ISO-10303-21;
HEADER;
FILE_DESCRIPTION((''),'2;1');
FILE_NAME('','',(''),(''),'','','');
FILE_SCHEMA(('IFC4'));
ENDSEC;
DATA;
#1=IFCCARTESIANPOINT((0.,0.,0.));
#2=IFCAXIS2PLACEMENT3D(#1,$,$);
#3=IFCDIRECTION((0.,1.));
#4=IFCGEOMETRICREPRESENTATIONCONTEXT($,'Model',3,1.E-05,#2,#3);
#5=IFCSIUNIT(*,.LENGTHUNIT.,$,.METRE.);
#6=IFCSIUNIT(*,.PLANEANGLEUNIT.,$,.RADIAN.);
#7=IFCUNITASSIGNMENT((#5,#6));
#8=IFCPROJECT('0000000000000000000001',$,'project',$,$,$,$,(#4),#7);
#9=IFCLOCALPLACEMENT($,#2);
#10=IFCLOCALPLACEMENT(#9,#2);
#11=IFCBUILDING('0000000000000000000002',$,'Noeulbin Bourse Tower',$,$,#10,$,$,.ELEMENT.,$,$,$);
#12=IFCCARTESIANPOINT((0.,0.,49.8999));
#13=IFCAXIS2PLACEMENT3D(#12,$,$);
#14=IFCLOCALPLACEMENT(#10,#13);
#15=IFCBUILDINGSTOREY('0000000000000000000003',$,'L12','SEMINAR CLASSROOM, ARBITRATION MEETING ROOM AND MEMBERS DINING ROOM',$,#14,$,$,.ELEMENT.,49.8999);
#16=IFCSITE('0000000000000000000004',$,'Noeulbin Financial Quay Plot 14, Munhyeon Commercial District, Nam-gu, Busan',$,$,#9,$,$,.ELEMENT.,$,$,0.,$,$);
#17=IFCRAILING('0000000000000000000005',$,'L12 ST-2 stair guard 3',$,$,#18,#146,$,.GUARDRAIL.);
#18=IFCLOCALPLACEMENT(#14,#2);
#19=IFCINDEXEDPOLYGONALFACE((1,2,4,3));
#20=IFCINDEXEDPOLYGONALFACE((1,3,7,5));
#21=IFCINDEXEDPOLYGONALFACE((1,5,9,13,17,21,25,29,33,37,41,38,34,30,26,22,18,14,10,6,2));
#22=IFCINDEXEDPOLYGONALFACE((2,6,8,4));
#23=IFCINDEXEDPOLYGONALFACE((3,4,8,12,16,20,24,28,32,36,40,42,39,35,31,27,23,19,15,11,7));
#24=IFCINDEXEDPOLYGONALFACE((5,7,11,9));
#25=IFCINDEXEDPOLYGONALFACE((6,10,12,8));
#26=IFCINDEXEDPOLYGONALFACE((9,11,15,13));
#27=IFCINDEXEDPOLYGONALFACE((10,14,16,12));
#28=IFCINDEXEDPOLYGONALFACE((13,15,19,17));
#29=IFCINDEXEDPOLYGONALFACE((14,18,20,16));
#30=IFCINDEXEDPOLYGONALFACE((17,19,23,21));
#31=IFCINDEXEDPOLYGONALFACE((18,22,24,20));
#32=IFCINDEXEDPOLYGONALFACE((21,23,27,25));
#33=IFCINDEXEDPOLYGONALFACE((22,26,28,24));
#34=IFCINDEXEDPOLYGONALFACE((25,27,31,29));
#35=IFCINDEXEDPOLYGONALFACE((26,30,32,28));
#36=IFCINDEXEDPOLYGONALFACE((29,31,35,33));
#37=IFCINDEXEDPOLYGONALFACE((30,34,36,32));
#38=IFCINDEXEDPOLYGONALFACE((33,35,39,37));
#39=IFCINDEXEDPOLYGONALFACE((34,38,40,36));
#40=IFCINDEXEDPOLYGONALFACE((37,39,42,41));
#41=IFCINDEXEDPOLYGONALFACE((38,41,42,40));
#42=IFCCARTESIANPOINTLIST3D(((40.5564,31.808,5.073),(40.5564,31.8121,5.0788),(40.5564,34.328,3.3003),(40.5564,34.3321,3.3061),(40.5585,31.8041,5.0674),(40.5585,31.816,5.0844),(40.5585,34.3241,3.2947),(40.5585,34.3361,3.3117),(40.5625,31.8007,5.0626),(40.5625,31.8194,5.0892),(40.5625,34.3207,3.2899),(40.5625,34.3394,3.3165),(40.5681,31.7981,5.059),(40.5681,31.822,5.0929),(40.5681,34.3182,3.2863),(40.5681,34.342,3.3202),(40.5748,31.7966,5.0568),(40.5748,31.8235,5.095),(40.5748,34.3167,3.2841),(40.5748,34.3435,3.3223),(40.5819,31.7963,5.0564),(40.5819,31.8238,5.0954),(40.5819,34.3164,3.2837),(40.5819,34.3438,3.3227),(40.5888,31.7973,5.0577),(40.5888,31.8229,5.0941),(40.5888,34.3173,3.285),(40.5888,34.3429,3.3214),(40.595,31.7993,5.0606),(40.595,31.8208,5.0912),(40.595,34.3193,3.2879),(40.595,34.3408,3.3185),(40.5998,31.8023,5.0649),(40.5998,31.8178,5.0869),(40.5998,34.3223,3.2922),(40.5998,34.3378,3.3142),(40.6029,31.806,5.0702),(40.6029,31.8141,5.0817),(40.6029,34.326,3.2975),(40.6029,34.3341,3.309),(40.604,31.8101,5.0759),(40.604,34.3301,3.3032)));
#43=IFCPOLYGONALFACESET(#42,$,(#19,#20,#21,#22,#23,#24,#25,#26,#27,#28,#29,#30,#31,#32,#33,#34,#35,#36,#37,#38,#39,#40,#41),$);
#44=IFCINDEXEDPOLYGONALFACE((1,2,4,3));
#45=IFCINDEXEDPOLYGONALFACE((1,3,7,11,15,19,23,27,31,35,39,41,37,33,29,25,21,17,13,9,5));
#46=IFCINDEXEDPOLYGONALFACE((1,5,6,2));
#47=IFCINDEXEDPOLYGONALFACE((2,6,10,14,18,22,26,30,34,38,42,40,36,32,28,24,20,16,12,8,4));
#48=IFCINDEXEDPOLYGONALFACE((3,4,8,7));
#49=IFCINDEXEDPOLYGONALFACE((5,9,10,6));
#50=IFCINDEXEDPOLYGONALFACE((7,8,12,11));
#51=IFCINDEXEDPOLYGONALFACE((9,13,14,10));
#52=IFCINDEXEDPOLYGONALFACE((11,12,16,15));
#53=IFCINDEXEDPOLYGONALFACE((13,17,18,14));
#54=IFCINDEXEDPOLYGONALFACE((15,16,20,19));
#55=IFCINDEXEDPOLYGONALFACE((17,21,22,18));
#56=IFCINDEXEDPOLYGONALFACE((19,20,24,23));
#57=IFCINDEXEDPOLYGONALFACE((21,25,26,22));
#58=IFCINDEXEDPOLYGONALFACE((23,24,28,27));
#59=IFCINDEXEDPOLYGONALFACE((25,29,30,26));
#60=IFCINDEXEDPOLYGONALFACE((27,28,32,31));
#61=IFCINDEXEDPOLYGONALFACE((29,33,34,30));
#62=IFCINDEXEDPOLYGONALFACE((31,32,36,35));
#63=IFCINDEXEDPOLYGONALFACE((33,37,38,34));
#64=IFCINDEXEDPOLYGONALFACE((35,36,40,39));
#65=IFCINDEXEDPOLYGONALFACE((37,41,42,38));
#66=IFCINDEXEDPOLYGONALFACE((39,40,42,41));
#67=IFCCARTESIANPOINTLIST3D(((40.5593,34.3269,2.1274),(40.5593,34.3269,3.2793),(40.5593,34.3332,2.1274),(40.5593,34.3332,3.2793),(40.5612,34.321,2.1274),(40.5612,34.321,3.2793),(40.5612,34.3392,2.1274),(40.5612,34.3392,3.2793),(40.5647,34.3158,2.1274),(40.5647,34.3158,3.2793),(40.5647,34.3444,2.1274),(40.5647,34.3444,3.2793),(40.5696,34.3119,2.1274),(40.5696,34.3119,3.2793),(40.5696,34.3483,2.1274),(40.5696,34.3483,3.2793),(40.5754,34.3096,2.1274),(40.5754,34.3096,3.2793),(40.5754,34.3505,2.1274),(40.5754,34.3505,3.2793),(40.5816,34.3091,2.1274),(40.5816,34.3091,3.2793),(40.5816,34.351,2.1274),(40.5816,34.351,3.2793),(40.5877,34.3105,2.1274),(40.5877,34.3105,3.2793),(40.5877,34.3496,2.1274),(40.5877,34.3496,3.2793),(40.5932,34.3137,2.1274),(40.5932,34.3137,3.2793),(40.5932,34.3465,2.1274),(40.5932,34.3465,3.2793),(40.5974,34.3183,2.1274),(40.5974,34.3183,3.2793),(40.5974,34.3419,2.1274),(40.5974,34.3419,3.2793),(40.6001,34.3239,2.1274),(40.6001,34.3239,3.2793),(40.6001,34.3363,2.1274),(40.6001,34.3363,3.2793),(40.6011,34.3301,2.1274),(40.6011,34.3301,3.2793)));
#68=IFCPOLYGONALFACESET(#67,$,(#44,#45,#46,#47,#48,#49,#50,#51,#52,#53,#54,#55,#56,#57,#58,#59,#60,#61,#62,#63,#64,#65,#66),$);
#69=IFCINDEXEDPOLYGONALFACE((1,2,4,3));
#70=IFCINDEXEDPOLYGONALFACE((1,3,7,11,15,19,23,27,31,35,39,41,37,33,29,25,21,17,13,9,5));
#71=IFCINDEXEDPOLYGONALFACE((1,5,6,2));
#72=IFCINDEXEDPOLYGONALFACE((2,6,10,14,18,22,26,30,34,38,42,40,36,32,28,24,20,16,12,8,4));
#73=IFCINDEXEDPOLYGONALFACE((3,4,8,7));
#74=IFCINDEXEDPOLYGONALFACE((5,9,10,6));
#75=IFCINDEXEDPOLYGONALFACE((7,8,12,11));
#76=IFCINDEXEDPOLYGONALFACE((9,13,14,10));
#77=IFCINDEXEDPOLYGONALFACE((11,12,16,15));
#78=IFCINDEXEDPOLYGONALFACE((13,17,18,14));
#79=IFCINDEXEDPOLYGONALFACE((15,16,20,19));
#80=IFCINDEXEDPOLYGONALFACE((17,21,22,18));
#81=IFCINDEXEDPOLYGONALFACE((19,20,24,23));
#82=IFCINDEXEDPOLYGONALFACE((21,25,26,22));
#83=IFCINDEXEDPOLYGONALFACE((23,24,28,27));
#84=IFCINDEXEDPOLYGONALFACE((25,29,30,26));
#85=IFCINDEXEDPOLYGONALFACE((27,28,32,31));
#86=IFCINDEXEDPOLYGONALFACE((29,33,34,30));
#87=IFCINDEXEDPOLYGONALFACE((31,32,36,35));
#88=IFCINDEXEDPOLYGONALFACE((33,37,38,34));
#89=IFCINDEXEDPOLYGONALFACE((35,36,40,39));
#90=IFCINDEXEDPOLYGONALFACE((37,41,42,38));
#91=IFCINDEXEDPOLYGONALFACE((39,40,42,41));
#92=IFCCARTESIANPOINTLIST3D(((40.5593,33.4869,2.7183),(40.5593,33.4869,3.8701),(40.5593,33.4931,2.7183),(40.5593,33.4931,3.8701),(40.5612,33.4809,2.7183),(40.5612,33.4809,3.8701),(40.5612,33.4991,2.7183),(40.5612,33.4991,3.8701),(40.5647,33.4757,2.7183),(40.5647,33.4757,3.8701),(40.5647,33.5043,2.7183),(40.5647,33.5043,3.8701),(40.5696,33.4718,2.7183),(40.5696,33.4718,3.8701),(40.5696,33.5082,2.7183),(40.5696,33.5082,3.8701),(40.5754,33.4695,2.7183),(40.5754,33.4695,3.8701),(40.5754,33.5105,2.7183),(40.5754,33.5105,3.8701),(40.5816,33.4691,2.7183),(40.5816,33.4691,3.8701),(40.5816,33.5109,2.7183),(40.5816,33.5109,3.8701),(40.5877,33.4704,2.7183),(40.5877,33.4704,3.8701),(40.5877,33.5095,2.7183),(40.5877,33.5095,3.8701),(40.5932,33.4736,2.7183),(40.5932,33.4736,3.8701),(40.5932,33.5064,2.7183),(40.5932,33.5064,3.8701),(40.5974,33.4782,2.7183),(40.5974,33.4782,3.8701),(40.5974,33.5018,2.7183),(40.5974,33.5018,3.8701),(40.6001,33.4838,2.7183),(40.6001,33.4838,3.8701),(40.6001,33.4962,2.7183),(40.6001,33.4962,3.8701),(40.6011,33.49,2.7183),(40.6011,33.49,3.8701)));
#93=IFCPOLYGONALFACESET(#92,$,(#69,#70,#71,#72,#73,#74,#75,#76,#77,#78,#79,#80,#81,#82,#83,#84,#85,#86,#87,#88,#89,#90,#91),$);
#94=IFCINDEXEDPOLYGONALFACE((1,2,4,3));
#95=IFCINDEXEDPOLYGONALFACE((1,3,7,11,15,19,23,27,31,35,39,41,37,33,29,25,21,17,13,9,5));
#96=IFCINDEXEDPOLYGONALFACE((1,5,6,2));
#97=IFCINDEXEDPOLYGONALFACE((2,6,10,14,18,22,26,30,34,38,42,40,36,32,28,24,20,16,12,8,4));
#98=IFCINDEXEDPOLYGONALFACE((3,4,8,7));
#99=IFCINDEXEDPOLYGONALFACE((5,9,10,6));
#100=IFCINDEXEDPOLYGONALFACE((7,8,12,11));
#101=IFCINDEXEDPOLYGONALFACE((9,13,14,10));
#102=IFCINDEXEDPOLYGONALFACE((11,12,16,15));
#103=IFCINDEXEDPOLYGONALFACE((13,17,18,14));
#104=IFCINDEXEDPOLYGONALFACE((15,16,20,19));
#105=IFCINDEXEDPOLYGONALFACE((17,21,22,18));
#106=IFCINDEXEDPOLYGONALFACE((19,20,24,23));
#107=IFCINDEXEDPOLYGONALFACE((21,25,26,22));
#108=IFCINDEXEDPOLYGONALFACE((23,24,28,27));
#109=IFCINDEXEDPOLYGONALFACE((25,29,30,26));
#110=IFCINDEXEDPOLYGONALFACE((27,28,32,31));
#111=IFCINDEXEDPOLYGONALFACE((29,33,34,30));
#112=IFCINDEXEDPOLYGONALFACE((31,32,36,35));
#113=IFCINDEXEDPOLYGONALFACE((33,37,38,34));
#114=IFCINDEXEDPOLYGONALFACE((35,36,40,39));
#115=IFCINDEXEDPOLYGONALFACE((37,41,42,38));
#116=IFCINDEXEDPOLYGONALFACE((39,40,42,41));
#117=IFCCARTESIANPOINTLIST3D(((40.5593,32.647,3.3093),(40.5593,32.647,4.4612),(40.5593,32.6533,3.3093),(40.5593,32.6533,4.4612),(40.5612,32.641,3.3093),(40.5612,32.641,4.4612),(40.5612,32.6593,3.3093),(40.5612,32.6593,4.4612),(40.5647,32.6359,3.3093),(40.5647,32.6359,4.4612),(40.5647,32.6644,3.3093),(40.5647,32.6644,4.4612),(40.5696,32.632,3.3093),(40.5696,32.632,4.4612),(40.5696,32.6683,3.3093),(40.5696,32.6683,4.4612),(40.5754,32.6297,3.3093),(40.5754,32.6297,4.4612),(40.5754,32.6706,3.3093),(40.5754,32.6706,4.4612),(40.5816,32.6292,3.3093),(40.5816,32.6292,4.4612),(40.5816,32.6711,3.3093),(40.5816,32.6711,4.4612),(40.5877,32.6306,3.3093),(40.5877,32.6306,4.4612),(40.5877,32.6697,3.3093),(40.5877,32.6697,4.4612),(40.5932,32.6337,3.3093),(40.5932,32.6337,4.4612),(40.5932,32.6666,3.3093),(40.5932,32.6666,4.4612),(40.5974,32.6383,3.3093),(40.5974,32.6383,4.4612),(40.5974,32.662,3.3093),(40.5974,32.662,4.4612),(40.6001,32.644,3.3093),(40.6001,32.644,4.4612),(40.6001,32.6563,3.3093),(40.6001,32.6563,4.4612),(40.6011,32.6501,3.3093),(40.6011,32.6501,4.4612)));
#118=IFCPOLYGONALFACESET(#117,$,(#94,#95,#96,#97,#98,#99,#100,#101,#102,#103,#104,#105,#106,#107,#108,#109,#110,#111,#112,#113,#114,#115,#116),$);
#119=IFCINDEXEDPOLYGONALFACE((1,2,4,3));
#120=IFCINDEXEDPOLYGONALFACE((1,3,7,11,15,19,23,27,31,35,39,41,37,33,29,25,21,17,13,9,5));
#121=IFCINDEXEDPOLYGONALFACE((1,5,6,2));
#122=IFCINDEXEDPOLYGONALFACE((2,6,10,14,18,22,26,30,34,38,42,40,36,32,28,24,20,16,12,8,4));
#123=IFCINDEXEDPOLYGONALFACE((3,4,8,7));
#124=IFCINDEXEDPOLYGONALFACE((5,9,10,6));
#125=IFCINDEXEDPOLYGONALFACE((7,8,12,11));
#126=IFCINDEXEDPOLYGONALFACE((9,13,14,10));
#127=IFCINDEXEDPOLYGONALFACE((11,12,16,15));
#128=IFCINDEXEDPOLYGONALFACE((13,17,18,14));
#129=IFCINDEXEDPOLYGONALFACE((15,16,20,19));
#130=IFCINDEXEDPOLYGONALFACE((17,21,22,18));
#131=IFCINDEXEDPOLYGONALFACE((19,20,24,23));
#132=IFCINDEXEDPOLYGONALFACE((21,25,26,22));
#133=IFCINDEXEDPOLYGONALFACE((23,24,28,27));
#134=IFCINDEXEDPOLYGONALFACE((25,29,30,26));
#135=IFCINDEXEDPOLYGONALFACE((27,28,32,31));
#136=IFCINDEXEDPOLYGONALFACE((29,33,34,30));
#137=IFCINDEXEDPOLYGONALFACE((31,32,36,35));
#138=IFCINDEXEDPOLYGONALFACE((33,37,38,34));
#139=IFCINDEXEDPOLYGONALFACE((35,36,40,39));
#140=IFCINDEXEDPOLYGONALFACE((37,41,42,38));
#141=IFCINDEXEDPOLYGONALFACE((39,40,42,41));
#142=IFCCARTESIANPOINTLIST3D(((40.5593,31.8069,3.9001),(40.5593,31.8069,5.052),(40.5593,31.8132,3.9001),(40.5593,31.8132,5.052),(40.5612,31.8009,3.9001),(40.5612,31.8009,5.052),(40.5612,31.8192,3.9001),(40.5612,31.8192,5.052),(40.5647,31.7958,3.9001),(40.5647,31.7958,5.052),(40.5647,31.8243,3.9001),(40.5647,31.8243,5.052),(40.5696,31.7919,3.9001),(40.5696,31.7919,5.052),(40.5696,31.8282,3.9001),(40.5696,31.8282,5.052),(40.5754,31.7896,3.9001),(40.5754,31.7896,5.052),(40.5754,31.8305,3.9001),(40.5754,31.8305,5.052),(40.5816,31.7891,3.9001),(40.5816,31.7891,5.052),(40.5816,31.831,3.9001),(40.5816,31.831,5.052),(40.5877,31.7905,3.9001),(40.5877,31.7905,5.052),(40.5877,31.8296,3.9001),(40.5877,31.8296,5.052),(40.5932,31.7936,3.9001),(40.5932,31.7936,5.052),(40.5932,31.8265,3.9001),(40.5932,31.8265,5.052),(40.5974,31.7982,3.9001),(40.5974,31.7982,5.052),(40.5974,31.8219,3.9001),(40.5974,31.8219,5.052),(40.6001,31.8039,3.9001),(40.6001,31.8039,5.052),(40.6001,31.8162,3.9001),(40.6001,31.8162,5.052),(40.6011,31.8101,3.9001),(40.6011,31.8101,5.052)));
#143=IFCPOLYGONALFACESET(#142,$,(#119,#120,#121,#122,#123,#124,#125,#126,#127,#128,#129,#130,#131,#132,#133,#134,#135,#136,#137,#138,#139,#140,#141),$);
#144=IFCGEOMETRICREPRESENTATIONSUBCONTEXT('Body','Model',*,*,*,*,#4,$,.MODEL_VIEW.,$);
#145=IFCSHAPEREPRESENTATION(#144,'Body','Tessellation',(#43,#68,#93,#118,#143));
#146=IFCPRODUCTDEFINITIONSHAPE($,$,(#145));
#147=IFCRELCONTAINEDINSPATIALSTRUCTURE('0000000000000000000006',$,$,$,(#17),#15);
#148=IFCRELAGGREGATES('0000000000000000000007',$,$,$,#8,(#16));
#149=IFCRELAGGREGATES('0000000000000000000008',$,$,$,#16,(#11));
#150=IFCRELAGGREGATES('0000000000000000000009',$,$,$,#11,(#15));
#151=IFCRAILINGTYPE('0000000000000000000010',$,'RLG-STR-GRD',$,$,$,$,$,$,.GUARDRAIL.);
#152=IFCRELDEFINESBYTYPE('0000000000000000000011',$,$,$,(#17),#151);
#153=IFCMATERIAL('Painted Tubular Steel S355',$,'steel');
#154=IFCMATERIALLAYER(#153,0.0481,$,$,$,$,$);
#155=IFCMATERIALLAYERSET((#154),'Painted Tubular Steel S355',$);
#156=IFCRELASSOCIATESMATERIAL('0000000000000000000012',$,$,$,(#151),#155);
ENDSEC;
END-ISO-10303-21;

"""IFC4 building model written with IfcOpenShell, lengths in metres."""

from ifc_helpers import new_model, si_unit, direction, frame, origin, origin_2d, place, context, subcontext, project, spatial, circle, extrude, material, layer, layer_set, type_object, element, save


model = new_model("IFC4")

# Units and contexts
model_context = context("Model", 3, precision=1e-05, world=origin(), true_north=direction((0.0, 1.0)))
body_context = subcontext(model_context, "Body", "Model", "MODEL_VIEW")
ifc_project = project(units=[si_unit("LENGTHUNIT", "METRE"), si_unit("PLANEANGLEUNIT", "RADIAN")], contexts=[model_context])

# Site, building, storey
site_placement = place(None, origin())
site = spatial("IfcSite", under=ifc_project, at=site_placement, Name="Noeulbin Financial Quay Plot 14, Munhyeon Commercial District, Nam-gu, Busan", CompositionType="ELEMENT", RefElevation=0.0)
building_placement = place(site_placement, origin())
building = spatial("IfcBuilding", under=site, at=building_placement, Name="Noeulbin Bourse Tower", CompositionType="ELEMENT")
storey_placement = place(building_placement, frame((0.0, 0.0, 49.8999)))
storey = spatial("IfcBuildingStorey", under=building, at=storey_placement, Name="L12", Description="SEMINAR CLASSROOM, ARBITRATION MEETING ROOM AND MEMBERS DINING ROOM", CompositionType="ELEMENT", Elevation=49.8999)

# Railing
ifc_material_1 = material(Name="Painted Tubular Steel S355", Category="steel")
ifc_layer_1 = layer(ifc_material_1, 0.0481)
ifc_layer_set_1 = layer_set([ifc_layer_1], Name="Painted Tubular Steel S355")
railing_type_1 = type_object("IfcRailingType", Name="RLG-STR-GRD", PredefinedType="GUARDRAIL", material=ifc_layer_set_1)
railing_1_placement = place(storey_placement, frame((40.5801, 34.3301, 2.1274)))
element("IfcRailing", 1, at=railing_1_placement, inside=storey, type_object=railing_type_1, Name="L12 ST-2 stair guard 3", PredefinedType="GUARDRAIL", context=body_context, shape_type="SweptSolid", body=[
    extrude(circle(Radius=0.0239, at=origin_2d()), frame((0.0, 0.0, 1.1758), z_axis=(0.0, -0.817904, 0.575354), x_axis=(1.0, 0.0, 0.0)), (0.0, 0.0, 1.0), 3.0811),
    extrude(circle(Radius=0.021, at=origin_2d()), origin(), (0.0, 0.0, 1.0), 1.1519),
    extrude(circle(Radius=0.021, at=origin_2d()), frame((0.0, -0.8401, 0.5908)), (0.0, 0.0, 1.0), 1.1519),
    extrude(circle(Radius=0.021, at=origin_2d()), frame((0.0, -1.6799, 1.1819)), (0.0, 0.0, 1.0), 1.1519),
    extrude(circle(Radius=0.021, at=origin_2d()), frame((0.0, -2.52, 1.7727)), (0.0, 0.0, 1.0), 1.1519),
])

save(model, "model.ifc")
